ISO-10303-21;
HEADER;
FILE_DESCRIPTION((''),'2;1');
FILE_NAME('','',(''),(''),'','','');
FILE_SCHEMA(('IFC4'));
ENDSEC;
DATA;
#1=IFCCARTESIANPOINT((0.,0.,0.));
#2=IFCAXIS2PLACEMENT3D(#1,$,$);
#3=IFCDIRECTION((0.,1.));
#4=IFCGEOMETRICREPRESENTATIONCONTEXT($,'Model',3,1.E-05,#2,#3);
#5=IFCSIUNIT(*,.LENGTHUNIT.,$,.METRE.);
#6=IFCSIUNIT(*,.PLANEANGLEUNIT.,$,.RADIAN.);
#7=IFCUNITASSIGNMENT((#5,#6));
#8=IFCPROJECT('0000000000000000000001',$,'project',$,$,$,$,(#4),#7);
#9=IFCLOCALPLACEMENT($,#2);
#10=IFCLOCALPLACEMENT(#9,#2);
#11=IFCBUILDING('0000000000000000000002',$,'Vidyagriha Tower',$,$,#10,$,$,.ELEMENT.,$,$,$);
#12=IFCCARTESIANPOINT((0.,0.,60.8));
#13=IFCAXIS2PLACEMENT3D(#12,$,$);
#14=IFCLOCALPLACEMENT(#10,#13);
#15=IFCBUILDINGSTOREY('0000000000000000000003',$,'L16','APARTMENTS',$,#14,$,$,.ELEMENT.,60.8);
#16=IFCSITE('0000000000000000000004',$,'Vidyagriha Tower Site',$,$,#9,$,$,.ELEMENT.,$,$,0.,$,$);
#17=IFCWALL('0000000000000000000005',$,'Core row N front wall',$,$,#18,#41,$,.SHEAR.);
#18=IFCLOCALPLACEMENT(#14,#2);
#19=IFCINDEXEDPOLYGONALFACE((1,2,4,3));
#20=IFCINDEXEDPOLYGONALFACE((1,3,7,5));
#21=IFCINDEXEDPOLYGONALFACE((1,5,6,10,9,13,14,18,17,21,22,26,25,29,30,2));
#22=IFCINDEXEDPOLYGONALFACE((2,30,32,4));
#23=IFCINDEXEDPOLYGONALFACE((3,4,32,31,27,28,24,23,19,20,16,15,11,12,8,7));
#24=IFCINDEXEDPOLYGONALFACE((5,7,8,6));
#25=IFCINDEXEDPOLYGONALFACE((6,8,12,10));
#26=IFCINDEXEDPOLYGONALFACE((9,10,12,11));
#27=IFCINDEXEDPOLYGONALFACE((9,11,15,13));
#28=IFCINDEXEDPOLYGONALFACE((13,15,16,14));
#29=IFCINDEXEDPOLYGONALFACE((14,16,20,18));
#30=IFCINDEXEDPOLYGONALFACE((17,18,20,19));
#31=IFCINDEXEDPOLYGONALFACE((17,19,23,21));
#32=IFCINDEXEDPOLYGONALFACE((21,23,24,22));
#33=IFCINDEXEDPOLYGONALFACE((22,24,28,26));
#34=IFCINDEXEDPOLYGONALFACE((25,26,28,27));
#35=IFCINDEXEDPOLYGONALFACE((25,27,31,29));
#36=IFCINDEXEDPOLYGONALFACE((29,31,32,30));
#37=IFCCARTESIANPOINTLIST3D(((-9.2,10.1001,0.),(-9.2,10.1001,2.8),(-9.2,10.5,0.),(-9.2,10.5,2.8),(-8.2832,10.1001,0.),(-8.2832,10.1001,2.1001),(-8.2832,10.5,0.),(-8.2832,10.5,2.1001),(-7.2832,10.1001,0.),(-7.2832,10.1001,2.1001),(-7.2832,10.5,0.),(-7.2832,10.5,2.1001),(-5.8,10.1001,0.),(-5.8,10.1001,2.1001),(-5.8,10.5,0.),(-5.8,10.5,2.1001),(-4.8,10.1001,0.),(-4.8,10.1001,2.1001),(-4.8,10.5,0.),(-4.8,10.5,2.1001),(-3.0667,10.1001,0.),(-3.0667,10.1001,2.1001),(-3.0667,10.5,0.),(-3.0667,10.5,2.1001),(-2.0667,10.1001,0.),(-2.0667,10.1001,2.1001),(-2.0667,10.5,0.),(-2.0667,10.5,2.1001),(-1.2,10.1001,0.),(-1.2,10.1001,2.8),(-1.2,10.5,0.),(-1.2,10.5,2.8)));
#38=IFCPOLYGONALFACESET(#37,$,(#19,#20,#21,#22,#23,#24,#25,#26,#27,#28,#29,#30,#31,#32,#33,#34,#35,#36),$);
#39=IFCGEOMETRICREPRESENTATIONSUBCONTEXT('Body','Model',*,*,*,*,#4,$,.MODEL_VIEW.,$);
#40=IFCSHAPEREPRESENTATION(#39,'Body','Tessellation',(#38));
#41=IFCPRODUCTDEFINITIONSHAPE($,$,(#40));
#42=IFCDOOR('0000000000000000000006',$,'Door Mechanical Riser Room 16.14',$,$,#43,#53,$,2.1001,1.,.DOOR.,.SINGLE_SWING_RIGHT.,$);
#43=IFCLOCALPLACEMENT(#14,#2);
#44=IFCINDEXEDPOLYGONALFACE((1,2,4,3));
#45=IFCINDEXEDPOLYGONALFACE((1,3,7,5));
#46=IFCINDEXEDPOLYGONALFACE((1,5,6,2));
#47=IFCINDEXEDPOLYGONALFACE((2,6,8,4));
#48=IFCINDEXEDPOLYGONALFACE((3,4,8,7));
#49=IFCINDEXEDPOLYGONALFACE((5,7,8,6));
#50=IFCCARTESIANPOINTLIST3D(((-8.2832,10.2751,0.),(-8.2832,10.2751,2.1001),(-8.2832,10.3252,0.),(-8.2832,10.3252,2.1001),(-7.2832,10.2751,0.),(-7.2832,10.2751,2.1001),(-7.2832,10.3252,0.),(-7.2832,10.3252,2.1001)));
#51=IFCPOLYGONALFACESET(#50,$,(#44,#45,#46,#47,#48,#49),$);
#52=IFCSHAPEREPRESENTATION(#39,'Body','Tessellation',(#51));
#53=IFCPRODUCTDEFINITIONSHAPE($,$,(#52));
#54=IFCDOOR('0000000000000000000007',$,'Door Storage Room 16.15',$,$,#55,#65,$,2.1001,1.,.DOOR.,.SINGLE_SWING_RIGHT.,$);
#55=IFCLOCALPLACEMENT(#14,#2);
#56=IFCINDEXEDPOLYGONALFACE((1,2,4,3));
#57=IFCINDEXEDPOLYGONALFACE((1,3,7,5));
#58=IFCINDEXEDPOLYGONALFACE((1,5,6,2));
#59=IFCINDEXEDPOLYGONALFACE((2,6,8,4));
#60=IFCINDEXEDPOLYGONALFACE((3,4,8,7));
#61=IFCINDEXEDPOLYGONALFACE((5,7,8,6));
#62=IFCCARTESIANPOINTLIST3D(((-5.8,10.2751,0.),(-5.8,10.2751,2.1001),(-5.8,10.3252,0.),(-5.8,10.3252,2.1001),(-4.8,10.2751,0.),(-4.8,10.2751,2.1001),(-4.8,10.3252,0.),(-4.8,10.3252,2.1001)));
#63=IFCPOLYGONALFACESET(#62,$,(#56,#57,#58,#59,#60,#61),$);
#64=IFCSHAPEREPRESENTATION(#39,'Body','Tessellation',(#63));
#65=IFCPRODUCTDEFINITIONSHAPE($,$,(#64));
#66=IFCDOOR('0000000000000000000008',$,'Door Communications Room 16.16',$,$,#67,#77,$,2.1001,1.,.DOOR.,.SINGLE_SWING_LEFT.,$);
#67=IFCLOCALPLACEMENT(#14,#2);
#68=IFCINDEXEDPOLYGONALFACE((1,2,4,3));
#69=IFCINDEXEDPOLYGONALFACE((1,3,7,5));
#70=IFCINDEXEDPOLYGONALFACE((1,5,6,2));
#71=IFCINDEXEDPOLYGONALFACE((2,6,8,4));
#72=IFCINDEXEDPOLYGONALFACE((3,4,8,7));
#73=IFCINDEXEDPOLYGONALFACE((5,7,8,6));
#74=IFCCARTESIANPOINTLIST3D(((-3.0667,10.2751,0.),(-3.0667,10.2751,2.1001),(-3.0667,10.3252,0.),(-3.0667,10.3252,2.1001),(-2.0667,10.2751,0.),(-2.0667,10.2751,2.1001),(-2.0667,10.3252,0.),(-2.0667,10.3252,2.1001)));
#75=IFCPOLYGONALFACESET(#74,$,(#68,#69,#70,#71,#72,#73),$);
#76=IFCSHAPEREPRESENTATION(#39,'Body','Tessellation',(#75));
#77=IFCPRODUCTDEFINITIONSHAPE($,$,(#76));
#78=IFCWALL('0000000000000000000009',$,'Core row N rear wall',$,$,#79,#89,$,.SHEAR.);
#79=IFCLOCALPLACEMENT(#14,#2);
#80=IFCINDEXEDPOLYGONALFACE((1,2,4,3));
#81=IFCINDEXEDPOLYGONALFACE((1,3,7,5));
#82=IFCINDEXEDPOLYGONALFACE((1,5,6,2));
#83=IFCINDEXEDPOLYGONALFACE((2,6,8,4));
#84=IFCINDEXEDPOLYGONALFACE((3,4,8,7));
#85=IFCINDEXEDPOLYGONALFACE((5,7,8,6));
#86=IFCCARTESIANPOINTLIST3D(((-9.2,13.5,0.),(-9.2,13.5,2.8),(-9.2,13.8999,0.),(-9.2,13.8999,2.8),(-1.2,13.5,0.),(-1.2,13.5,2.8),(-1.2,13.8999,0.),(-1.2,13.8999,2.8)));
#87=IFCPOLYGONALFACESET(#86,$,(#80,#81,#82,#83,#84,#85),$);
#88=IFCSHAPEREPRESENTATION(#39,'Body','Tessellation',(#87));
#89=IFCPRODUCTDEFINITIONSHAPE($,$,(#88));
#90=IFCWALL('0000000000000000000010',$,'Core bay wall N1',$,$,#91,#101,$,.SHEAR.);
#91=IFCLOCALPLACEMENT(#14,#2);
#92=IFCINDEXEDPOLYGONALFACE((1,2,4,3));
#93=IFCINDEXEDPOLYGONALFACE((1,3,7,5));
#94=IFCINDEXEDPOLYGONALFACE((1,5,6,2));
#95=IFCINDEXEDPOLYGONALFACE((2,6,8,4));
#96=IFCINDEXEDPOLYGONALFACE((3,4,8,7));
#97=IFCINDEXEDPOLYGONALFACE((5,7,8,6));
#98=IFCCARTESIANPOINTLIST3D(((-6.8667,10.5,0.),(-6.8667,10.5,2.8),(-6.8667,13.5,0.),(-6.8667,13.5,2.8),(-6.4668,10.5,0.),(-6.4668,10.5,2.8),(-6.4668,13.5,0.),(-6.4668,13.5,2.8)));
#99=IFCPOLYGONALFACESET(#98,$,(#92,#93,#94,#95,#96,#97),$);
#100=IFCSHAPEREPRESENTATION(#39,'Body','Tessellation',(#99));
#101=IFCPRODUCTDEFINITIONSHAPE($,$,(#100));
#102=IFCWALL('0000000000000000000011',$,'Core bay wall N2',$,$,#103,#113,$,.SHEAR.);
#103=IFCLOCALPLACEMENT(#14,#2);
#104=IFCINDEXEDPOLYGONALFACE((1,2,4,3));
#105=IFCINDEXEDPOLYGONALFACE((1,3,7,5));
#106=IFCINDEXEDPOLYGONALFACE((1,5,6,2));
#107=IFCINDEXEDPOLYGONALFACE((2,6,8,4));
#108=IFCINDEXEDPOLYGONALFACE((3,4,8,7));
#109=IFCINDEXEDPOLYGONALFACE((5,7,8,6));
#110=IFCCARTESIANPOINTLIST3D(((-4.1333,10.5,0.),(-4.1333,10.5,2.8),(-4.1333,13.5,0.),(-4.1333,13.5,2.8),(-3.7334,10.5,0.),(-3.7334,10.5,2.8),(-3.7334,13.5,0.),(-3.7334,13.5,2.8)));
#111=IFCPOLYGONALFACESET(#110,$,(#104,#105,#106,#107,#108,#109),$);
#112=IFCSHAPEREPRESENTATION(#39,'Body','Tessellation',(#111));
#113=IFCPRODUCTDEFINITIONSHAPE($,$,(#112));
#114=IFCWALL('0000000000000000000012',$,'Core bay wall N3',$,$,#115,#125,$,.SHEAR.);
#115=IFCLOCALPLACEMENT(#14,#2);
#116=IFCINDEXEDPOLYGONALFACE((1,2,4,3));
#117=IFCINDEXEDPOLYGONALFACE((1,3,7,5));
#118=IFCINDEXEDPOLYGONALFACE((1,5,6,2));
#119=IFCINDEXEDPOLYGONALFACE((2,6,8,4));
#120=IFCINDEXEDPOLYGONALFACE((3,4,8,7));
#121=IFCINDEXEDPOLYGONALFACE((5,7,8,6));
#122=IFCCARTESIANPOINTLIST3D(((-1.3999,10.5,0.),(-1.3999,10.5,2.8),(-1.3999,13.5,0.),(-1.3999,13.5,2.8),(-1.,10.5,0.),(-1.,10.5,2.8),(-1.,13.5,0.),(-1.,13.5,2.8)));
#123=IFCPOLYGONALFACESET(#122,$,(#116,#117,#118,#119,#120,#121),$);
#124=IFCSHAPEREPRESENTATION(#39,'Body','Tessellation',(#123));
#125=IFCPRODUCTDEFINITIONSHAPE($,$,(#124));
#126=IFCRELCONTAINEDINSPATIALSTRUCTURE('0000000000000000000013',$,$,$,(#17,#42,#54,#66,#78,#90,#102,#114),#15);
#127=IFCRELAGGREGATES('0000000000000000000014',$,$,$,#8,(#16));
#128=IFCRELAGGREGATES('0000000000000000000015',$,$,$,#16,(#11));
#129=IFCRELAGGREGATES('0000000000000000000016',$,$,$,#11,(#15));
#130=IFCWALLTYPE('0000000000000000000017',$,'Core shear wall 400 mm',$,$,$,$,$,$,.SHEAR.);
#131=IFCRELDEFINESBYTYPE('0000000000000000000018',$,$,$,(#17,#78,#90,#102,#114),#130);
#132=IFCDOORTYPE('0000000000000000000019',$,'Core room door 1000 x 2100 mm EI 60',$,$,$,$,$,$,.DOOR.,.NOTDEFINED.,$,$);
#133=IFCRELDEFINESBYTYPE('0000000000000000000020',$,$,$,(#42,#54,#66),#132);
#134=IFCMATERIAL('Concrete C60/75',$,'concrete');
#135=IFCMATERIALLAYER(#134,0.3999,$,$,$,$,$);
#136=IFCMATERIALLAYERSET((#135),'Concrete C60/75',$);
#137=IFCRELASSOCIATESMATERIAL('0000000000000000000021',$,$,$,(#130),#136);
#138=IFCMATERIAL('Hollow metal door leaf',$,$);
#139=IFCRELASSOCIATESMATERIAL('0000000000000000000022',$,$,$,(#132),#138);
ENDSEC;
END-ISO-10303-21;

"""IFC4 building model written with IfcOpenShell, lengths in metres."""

from ifc_helpers import new_model, si_unit, direction, frame, frame_2d, origin, place, context, subcontext, project, spatial, rectangle, extrude, material, layer, layer_set, type_object, element, fill, save


model = new_model("IFC4")

# Units and contexts
model_context = context("Model", 3, precision=1e-05, world=origin(), true_north=direction((0.0, 1.0)))
body_context = subcontext(model_context, "Body", "Model", "MODEL_VIEW")
ifc_project = project(units=[si_unit("LENGTHUNIT", "METRE"), si_unit("PLANEANGLEUNIT", "RADIAN")], contexts=[model_context])

# Site, building, storey
site_placement = place(None, origin())
site = spatial("IfcSite", under=ifc_project, at=site_placement, Name="Vidyagriha Tower Site", CompositionType="ELEMENT", RefElevation=0.0)
building_placement = place(site_placement, origin())
building = spatial("IfcBuilding", under=site, at=building_placement, Name="Vidyagriha Tower", CompositionType="ELEMENT")
storey_placement = place(building_placement, frame((0.0, 0.0, 60.8)))
storey = spatial("IfcBuildingStorey", under=building, at=storey_placement, Name="L16", Description="APARTMENTS", CompositionType="ELEMENT", Elevation=60.8)

# Shared definitions
ifc_material_1 = material(Name="Concrete C60/75", Category="concrete")
ifc_layer_1 = layer(ifc_material_1, 0.3999)
ifc_layer_set_1 = layer_set([ifc_layer_1], Name="Concrete C60/75")
wall_type_1 = type_object("IfcWallType", Name="Core shear wall 400 mm", PredefinedType="SHEAR", material=ifc_layer_set_1)
ifc_material_2 = material(Name="Hollow metal door leaf")
door_type_1 = type_object("IfcDoorType", Name="Core room door 1000 x 2100 mm EI 60", OperationType="NOTDEFINED", PredefinedType="DOOR", material=ifc_material_2)

# Wall, openings, doors
wall_1_placement = place(storey_placement, frame((-9.2, 10.3, 0.0)))
wall_1 = element("IfcWall", 1, at=wall_1_placement, inside=storey, type_object=wall_type_1, Name="Core row N front wall", PredefinedType="SHEAR", context=body_context, shape_type="SweptSolid", body=[
    extrude(rectangle(XDim=8.0, YDim=0.3999, at=frame_2d((4.0, 0.0))), origin(), (0.0, 0.0, 1.0), 2.8),
])
opening_1_placement = place(wall_1_placement, frame((0.9167, 0.0, 0.0)))
opening_1 = element("IfcOpeningElement", 2, at=opening_1_placement, cuts=wall_1, PredefinedType="OPENING", context=body_context, shape_type="SweptSolid", body=[
    extrude(rectangle(XDim=1.0, YDim=2.1001, at=frame_2d((0.5, 1.05))), frame((0.0, 0.21, 0.0), z_axis=(0.0, -1.0, 0.0), x_axis=(1.0, 0.0, 0.0)), (0.0, 0.0, 1.0), 0.4199),
])
opening_2_placement = place(wall_1_placement, frame((3.3999, 0.0, 0.0)))
opening_2 = element("IfcOpeningElement", 3, at=opening_2_placement, cuts=wall_1, PredefinedType="OPENING", context=body_context, shape_type="SweptSolid", body=[
    extrude(rectangle(XDim=1.0, YDim=2.1001, at=frame_2d((0.5, 1.05))), frame((0.0, 0.21, 0.0), z_axis=(0.0, -1.0, 0.0), x_axis=(1.0, 0.0, 0.0)), (0.0, 0.0, 1.0), 0.4199),
])
opening_3_placement = place(wall_1_placement, frame((6.1333, 0.0, 0.0)))
opening_3 = element("IfcOpeningElement", 4, at=opening_3_placement, cuts=wall_1, PredefinedType="OPENING", context=body_context, shape_type="SweptSolid", body=[
    extrude(rectangle(XDim=1.0, YDim=2.1001, at=frame_2d((0.5, 1.05))), frame((0.0, 0.21, 0.0), z_axis=(0.0, -1.0, 0.0), x_axis=(1.0, 0.0, 0.0)), (0.0, 0.0, 1.0), 0.4199),
])
door_1_placement = place(opening_1_placement, frame((1.0, 0.0, 0.0), z_axis=(0.0, 0.0, 1.0), x_axis=(-1.0, 0.0, 0.0)))
door_1 = element("IfcDoor", 5, at=door_1_placement, inside=storey, type_object=door_type_1, Name="Door Mechanical Riser Room 16.14", OperationType="SINGLE_SWING_RIGHT", OverallHeight=2.1001, OverallWidth=1.0, PredefinedType="DOOR", context=body_context, shape_type="SweptSolid", body=[
    extrude(rectangle(XDim=1.0, YDim=2.1001, at=frame_2d((0.5, 1.05))), frame((0.0, 0.0249, 0.0), z_axis=(0.0, -1.0, 0.0), x_axis=(1.0, 0.0, 0.0)), (0.0, 0.0, 1.0), 0.05),
])
fill(opening_1, door_1)
door_2_placement = place(opening_2_placement, frame((1.0, 0.0, 0.0), z_axis=(0.0, 0.0, 1.0), x_axis=(-1.0, 0.0, 0.0)))
door_2 = element("IfcDoor", 6, at=door_2_placement, inside=storey, type_object=door_type_1, Name="Door Storage Room 16.15", OperationType="SINGLE_SWING_RIGHT", OverallHeight=2.1001, OverallWidth=1.0, PredefinedType="DOOR", context=body_context, shape_type="SweptSolid", body=[
    extrude(rectangle(XDim=1.0, YDim=2.1001, at=frame_2d((0.5, 1.05))), frame((0.0, 0.0249, 0.0), z_axis=(0.0, -1.0, 0.0), x_axis=(1.0, 0.0, 0.0)), (0.0, 0.0, 1.0), 0.05),
])
fill(opening_2, door_2)
door_3_placement = place(opening_3_placement, frame((1.0, 0.0, 0.0), z_axis=(0.0, 0.0, 1.0), x_axis=(-1.0, 0.0, 0.0)))
door_3 = element("IfcDoor", 7, at=door_3_placement, inside=storey, type_object=door_type_1, Name="Door Communications Room 16.16", OperationType="SINGLE_SWING_LEFT", OverallHeight=2.1001, OverallWidth=1.0, PredefinedType="DOOR", context=body_context, shape_type="SweptSolid", body=[
    extrude(rectangle(XDim=1.0, YDim=2.1001, at=frame_2d((0.5, 1.05))), frame((0.0, 0.0249, 0.0), z_axis=(0.0, -1.0, 0.0), x_axis=(1.0, 0.0, 0.0)), (0.0, 0.0, 1.0), 0.05),
])
fill(opening_3, door_3)

# Walls
wall_2_placement = place(storey_placement, frame((-9.2, 13.7, 0.0)))
element("IfcWall", 8, at=wall_2_placement, inside=storey, type_object=wall_type_1, Name="Core row N rear wall", PredefinedType="SHEAR", context=body_context, shape_type="SweptSolid", body=[
    extrude(rectangle(XDim=8.0, YDim=0.3999, at=frame_2d((4.0, 0.0))), origin(), (0.0, 0.0, 1.0), 2.8),
])
for number, where, z_axis, x_axis, name in (
    (9, (-6.6667, 10.5, 0.0), (0.0, 0.0, 1.0), (0.0, 1.0, 0.0), "Core bay wall N1"),
    (10, (-3.9333, 10.5, 0.0), (0.0, 0.0, 1.0), (0.0, 1.0, 0.0), "Core bay wall N2"),
    (11, (-1.2, 10.5, 0.0), (0.0, 0.0, 1.0), (0.0, 1.0, 0.0), "Core bay wall N3"),
):
    element("IfcWall", number, at=place(storey_placement, frame(where, z_axis=z_axis, x_axis=x_axis)), inside=storey, type_object=wall_type_1, Name=name, PredefinedType="SHEAR", context=body_context, shape_type="SweptSolid", body=[
        extrude(rectangle(XDim=3.0, YDim=0.3999, at=frame_2d((1.5, 0.0))), origin(), (0.0, 0.0, 1.0), 2.8),
    ])

save(model, "model.ifc")
